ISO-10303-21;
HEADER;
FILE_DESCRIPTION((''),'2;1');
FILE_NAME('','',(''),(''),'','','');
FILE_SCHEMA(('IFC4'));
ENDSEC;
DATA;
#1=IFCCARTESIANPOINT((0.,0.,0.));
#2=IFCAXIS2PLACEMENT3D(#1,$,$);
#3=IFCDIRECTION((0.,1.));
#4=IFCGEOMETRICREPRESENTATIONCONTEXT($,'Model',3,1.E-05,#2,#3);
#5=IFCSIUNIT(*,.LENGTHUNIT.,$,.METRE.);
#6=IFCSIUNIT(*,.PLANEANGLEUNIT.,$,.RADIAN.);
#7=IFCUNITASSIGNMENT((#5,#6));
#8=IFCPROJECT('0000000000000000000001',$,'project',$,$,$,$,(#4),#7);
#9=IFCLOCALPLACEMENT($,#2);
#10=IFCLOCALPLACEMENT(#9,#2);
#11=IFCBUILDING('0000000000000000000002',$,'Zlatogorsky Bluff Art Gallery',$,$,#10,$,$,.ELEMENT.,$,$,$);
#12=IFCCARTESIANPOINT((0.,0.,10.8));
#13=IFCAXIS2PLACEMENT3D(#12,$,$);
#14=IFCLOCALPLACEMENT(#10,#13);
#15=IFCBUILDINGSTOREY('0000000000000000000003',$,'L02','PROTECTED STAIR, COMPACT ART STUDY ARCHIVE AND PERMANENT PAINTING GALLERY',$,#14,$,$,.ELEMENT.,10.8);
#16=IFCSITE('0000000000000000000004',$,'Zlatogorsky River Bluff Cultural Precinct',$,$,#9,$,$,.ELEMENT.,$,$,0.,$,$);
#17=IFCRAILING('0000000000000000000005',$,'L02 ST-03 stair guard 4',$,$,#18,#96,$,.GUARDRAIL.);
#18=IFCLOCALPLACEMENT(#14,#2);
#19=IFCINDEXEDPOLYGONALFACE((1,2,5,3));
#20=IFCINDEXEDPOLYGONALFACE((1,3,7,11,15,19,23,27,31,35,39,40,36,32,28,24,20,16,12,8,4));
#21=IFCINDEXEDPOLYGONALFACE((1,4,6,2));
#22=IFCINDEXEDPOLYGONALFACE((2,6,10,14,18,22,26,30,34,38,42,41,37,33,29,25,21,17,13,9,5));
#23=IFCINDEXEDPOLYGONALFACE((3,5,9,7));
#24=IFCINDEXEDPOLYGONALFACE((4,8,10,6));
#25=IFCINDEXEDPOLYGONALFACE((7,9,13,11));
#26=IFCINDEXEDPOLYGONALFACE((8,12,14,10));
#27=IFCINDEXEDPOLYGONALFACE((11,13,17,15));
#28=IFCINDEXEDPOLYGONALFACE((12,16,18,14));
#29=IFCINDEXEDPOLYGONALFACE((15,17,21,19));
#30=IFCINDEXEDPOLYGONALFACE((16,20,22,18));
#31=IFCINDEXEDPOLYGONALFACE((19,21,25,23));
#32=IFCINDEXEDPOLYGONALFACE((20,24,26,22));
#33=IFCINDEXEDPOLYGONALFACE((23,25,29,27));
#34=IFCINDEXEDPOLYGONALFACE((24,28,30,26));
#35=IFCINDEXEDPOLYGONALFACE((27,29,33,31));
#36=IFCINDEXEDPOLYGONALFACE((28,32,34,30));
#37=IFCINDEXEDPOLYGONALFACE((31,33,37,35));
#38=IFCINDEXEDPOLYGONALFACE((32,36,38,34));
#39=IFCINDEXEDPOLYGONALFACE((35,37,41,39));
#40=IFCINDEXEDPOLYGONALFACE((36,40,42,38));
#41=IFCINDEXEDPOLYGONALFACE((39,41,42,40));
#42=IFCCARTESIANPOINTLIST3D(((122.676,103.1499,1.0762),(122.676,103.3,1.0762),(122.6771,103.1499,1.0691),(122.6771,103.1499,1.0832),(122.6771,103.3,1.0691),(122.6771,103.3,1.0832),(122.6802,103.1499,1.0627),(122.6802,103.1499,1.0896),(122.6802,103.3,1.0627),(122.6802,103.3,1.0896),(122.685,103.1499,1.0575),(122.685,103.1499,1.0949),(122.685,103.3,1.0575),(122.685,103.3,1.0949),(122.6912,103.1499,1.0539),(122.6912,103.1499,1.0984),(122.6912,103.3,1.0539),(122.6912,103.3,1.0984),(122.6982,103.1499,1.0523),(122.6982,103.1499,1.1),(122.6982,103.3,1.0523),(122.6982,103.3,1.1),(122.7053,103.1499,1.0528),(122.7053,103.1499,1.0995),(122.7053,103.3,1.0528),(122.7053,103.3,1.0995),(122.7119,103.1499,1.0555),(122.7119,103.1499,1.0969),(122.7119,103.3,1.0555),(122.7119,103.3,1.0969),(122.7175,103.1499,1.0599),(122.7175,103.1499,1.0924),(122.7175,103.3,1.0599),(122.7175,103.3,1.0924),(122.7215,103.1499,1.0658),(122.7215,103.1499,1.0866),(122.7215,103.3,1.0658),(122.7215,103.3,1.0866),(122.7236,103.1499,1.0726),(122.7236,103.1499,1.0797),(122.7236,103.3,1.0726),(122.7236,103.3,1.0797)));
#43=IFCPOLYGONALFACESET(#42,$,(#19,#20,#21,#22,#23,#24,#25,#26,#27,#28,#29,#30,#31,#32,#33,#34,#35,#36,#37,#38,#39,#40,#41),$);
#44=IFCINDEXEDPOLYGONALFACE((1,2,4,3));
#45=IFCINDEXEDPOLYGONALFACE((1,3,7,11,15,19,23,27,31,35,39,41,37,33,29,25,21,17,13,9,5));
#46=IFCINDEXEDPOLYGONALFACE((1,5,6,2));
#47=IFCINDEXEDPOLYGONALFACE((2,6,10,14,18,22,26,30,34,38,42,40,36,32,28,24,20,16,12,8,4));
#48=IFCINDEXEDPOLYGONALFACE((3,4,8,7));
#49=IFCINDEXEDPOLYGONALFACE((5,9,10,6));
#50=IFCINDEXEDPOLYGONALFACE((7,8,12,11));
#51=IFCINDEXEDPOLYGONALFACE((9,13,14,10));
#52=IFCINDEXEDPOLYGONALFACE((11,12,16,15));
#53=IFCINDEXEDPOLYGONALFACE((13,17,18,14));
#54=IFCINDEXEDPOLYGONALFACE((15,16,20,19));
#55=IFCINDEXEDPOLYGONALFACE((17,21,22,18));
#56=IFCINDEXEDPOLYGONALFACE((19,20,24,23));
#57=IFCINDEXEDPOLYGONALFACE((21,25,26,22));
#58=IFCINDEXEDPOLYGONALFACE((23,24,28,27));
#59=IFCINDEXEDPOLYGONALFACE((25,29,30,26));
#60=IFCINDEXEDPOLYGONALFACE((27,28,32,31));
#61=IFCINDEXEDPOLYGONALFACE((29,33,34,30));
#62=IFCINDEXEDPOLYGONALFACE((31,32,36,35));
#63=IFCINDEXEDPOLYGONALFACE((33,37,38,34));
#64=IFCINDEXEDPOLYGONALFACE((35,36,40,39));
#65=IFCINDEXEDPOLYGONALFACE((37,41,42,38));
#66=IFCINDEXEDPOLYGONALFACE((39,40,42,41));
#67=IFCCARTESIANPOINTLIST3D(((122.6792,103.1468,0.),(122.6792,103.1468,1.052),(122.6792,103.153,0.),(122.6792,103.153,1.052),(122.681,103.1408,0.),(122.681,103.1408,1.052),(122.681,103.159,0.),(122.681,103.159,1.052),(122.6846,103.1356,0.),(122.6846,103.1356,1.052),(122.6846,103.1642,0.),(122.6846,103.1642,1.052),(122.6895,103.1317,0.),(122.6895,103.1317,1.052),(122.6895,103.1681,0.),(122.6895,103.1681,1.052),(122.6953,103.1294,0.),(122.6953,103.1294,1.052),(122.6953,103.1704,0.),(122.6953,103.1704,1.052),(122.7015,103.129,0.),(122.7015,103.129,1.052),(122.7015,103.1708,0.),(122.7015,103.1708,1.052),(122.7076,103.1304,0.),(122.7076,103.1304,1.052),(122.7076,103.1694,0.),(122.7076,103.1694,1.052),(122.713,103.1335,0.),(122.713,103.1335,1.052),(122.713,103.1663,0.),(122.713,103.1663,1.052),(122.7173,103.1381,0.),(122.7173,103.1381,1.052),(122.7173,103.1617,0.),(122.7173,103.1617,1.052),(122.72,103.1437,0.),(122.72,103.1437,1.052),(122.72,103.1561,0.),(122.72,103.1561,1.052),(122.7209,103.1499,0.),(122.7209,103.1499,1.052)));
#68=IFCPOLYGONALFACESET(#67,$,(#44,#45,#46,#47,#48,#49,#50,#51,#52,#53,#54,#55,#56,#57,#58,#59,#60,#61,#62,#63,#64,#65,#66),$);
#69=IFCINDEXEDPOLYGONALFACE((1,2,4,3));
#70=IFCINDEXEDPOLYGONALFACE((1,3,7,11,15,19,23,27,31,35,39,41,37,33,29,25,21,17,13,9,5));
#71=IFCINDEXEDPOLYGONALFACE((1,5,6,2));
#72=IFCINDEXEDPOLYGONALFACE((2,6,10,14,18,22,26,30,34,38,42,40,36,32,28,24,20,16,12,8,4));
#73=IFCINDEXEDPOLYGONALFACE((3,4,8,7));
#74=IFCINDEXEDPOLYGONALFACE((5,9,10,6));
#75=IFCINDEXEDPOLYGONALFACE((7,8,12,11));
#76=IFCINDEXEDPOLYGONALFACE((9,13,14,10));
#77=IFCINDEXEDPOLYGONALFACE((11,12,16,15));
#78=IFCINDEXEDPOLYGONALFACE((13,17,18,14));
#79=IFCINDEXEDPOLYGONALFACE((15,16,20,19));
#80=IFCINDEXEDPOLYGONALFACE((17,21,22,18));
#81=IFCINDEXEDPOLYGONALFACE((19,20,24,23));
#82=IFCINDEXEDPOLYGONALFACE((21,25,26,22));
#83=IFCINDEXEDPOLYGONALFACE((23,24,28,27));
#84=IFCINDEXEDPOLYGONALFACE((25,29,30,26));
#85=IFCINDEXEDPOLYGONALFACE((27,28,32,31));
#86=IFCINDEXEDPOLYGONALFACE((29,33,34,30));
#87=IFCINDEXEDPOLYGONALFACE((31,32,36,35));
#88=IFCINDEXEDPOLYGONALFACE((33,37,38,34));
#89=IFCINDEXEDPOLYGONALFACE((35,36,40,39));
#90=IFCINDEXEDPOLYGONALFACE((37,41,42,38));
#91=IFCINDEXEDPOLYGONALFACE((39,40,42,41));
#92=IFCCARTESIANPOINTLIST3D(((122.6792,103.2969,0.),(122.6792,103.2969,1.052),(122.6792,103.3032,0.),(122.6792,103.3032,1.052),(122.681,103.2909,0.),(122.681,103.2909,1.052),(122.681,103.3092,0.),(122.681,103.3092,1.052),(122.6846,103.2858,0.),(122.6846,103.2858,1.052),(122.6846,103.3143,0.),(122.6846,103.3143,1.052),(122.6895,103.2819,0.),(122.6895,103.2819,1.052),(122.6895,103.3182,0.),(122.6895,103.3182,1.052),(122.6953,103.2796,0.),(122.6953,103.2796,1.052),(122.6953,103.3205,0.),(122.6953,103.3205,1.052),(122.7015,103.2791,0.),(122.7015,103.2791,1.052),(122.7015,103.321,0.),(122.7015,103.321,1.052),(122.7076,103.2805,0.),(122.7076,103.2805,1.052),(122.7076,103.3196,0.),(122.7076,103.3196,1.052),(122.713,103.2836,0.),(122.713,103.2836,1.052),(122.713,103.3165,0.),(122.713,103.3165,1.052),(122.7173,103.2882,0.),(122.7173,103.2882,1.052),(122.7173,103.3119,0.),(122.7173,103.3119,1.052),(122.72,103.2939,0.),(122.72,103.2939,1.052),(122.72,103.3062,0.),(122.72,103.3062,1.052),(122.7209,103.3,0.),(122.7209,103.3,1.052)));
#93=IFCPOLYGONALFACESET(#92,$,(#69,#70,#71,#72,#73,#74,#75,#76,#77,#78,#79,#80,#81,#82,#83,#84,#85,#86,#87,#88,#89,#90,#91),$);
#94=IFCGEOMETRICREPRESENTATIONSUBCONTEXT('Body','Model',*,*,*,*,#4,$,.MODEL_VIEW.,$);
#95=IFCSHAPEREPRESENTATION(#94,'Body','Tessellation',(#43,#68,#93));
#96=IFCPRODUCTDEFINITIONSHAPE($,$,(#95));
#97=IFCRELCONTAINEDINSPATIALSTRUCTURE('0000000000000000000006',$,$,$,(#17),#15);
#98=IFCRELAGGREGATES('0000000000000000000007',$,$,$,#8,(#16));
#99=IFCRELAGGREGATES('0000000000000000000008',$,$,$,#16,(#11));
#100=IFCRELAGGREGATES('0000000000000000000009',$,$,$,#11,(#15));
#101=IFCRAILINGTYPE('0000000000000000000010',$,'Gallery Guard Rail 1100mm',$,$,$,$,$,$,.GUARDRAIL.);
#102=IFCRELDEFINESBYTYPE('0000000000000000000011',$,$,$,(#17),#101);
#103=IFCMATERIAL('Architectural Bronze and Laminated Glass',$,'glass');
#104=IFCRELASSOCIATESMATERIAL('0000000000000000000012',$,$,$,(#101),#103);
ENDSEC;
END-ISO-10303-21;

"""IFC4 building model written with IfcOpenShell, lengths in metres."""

from ifc_helpers import new_model, si_unit, direction, frame, origin, origin_2d, place, context, subcontext, project, spatial, circle, extrude, material, type_object, element, save


model = new_model("IFC4")

# Units and contexts
model_context = context("Model", 3, precision=1e-05, world=origin(), true_north=direction((0.0, 1.0)))
body_context = subcontext(model_context, "Body", "Model", "MODEL_VIEW")
ifc_project = project(units=[si_unit("LENGTHUNIT", "METRE"), si_unit("PLANEANGLEUNIT", "RADIAN")], contexts=[model_context])

# Site, building, storey
site_placement = place(None, origin())
site = spatial("IfcSite", under=ifc_project, at=site_placement, Name="Zlatogorsky River Bluff Cultural Precinct", CompositionType="ELEMENT", RefElevation=0.0)
building_placement = place(site_placement, origin())
building = spatial("IfcBuilding", under=site, at=building_placement, Name="Zlatogorsky Bluff Art Gallery", CompositionType="ELEMENT")
storey_placement = place(building_placement, frame((0.0, 0.0, 10.8)))
storey = spatial("IfcBuildingStorey", under=building, at=storey_placement, Name="L02", Description="PROTECTED STAIR, COMPACT ART STUDY ARCHIVE AND PERMANENT PAINTING GALLERY", CompositionType="ELEMENT", Elevation=10.8)

# Railing
ifc_material_1 = material(Name="Architectural Bronze and Laminated Glass", Category="glass")
railing_type_1 = type_object("IfcRailingType", Name="Gallery Guard Rail 1100mm", PredefinedType="GUARDRAIL", material=ifc_material_1)
railing_1_placement = place(storey_placement, frame((122.7, 103.1499, 0.0)))
element("IfcRailing", 1, at=railing_1_placement, inside=storey, type_object=railing_type_1, Name="L02 ST-03 stair guard 4", PredefinedType="GUARDRAIL", context=body_context, shape_type="SweptSolid", body=[
    extrude(circle(Radius=0.0239, at=origin_2d()), frame((0.0, 0.0, 1.0762), z_axis=(0.0, 1.0, 0.0), x_axis=(-1.0, 0.0, 0.0)), (0.0, 0.0, 1.0), 0.1501),
    extrude(circle(Radius=0.021, at=origin_2d()), origin(), (0.0, 0.0, 1.0), 1.052),
    extrude(circle(Radius=0.021, at=origin_2d()), frame((0.0, 0.1501, 0.0)), (0.0, 0.0, 1.0), 1.052),
])

save(model, "model.ifc")
